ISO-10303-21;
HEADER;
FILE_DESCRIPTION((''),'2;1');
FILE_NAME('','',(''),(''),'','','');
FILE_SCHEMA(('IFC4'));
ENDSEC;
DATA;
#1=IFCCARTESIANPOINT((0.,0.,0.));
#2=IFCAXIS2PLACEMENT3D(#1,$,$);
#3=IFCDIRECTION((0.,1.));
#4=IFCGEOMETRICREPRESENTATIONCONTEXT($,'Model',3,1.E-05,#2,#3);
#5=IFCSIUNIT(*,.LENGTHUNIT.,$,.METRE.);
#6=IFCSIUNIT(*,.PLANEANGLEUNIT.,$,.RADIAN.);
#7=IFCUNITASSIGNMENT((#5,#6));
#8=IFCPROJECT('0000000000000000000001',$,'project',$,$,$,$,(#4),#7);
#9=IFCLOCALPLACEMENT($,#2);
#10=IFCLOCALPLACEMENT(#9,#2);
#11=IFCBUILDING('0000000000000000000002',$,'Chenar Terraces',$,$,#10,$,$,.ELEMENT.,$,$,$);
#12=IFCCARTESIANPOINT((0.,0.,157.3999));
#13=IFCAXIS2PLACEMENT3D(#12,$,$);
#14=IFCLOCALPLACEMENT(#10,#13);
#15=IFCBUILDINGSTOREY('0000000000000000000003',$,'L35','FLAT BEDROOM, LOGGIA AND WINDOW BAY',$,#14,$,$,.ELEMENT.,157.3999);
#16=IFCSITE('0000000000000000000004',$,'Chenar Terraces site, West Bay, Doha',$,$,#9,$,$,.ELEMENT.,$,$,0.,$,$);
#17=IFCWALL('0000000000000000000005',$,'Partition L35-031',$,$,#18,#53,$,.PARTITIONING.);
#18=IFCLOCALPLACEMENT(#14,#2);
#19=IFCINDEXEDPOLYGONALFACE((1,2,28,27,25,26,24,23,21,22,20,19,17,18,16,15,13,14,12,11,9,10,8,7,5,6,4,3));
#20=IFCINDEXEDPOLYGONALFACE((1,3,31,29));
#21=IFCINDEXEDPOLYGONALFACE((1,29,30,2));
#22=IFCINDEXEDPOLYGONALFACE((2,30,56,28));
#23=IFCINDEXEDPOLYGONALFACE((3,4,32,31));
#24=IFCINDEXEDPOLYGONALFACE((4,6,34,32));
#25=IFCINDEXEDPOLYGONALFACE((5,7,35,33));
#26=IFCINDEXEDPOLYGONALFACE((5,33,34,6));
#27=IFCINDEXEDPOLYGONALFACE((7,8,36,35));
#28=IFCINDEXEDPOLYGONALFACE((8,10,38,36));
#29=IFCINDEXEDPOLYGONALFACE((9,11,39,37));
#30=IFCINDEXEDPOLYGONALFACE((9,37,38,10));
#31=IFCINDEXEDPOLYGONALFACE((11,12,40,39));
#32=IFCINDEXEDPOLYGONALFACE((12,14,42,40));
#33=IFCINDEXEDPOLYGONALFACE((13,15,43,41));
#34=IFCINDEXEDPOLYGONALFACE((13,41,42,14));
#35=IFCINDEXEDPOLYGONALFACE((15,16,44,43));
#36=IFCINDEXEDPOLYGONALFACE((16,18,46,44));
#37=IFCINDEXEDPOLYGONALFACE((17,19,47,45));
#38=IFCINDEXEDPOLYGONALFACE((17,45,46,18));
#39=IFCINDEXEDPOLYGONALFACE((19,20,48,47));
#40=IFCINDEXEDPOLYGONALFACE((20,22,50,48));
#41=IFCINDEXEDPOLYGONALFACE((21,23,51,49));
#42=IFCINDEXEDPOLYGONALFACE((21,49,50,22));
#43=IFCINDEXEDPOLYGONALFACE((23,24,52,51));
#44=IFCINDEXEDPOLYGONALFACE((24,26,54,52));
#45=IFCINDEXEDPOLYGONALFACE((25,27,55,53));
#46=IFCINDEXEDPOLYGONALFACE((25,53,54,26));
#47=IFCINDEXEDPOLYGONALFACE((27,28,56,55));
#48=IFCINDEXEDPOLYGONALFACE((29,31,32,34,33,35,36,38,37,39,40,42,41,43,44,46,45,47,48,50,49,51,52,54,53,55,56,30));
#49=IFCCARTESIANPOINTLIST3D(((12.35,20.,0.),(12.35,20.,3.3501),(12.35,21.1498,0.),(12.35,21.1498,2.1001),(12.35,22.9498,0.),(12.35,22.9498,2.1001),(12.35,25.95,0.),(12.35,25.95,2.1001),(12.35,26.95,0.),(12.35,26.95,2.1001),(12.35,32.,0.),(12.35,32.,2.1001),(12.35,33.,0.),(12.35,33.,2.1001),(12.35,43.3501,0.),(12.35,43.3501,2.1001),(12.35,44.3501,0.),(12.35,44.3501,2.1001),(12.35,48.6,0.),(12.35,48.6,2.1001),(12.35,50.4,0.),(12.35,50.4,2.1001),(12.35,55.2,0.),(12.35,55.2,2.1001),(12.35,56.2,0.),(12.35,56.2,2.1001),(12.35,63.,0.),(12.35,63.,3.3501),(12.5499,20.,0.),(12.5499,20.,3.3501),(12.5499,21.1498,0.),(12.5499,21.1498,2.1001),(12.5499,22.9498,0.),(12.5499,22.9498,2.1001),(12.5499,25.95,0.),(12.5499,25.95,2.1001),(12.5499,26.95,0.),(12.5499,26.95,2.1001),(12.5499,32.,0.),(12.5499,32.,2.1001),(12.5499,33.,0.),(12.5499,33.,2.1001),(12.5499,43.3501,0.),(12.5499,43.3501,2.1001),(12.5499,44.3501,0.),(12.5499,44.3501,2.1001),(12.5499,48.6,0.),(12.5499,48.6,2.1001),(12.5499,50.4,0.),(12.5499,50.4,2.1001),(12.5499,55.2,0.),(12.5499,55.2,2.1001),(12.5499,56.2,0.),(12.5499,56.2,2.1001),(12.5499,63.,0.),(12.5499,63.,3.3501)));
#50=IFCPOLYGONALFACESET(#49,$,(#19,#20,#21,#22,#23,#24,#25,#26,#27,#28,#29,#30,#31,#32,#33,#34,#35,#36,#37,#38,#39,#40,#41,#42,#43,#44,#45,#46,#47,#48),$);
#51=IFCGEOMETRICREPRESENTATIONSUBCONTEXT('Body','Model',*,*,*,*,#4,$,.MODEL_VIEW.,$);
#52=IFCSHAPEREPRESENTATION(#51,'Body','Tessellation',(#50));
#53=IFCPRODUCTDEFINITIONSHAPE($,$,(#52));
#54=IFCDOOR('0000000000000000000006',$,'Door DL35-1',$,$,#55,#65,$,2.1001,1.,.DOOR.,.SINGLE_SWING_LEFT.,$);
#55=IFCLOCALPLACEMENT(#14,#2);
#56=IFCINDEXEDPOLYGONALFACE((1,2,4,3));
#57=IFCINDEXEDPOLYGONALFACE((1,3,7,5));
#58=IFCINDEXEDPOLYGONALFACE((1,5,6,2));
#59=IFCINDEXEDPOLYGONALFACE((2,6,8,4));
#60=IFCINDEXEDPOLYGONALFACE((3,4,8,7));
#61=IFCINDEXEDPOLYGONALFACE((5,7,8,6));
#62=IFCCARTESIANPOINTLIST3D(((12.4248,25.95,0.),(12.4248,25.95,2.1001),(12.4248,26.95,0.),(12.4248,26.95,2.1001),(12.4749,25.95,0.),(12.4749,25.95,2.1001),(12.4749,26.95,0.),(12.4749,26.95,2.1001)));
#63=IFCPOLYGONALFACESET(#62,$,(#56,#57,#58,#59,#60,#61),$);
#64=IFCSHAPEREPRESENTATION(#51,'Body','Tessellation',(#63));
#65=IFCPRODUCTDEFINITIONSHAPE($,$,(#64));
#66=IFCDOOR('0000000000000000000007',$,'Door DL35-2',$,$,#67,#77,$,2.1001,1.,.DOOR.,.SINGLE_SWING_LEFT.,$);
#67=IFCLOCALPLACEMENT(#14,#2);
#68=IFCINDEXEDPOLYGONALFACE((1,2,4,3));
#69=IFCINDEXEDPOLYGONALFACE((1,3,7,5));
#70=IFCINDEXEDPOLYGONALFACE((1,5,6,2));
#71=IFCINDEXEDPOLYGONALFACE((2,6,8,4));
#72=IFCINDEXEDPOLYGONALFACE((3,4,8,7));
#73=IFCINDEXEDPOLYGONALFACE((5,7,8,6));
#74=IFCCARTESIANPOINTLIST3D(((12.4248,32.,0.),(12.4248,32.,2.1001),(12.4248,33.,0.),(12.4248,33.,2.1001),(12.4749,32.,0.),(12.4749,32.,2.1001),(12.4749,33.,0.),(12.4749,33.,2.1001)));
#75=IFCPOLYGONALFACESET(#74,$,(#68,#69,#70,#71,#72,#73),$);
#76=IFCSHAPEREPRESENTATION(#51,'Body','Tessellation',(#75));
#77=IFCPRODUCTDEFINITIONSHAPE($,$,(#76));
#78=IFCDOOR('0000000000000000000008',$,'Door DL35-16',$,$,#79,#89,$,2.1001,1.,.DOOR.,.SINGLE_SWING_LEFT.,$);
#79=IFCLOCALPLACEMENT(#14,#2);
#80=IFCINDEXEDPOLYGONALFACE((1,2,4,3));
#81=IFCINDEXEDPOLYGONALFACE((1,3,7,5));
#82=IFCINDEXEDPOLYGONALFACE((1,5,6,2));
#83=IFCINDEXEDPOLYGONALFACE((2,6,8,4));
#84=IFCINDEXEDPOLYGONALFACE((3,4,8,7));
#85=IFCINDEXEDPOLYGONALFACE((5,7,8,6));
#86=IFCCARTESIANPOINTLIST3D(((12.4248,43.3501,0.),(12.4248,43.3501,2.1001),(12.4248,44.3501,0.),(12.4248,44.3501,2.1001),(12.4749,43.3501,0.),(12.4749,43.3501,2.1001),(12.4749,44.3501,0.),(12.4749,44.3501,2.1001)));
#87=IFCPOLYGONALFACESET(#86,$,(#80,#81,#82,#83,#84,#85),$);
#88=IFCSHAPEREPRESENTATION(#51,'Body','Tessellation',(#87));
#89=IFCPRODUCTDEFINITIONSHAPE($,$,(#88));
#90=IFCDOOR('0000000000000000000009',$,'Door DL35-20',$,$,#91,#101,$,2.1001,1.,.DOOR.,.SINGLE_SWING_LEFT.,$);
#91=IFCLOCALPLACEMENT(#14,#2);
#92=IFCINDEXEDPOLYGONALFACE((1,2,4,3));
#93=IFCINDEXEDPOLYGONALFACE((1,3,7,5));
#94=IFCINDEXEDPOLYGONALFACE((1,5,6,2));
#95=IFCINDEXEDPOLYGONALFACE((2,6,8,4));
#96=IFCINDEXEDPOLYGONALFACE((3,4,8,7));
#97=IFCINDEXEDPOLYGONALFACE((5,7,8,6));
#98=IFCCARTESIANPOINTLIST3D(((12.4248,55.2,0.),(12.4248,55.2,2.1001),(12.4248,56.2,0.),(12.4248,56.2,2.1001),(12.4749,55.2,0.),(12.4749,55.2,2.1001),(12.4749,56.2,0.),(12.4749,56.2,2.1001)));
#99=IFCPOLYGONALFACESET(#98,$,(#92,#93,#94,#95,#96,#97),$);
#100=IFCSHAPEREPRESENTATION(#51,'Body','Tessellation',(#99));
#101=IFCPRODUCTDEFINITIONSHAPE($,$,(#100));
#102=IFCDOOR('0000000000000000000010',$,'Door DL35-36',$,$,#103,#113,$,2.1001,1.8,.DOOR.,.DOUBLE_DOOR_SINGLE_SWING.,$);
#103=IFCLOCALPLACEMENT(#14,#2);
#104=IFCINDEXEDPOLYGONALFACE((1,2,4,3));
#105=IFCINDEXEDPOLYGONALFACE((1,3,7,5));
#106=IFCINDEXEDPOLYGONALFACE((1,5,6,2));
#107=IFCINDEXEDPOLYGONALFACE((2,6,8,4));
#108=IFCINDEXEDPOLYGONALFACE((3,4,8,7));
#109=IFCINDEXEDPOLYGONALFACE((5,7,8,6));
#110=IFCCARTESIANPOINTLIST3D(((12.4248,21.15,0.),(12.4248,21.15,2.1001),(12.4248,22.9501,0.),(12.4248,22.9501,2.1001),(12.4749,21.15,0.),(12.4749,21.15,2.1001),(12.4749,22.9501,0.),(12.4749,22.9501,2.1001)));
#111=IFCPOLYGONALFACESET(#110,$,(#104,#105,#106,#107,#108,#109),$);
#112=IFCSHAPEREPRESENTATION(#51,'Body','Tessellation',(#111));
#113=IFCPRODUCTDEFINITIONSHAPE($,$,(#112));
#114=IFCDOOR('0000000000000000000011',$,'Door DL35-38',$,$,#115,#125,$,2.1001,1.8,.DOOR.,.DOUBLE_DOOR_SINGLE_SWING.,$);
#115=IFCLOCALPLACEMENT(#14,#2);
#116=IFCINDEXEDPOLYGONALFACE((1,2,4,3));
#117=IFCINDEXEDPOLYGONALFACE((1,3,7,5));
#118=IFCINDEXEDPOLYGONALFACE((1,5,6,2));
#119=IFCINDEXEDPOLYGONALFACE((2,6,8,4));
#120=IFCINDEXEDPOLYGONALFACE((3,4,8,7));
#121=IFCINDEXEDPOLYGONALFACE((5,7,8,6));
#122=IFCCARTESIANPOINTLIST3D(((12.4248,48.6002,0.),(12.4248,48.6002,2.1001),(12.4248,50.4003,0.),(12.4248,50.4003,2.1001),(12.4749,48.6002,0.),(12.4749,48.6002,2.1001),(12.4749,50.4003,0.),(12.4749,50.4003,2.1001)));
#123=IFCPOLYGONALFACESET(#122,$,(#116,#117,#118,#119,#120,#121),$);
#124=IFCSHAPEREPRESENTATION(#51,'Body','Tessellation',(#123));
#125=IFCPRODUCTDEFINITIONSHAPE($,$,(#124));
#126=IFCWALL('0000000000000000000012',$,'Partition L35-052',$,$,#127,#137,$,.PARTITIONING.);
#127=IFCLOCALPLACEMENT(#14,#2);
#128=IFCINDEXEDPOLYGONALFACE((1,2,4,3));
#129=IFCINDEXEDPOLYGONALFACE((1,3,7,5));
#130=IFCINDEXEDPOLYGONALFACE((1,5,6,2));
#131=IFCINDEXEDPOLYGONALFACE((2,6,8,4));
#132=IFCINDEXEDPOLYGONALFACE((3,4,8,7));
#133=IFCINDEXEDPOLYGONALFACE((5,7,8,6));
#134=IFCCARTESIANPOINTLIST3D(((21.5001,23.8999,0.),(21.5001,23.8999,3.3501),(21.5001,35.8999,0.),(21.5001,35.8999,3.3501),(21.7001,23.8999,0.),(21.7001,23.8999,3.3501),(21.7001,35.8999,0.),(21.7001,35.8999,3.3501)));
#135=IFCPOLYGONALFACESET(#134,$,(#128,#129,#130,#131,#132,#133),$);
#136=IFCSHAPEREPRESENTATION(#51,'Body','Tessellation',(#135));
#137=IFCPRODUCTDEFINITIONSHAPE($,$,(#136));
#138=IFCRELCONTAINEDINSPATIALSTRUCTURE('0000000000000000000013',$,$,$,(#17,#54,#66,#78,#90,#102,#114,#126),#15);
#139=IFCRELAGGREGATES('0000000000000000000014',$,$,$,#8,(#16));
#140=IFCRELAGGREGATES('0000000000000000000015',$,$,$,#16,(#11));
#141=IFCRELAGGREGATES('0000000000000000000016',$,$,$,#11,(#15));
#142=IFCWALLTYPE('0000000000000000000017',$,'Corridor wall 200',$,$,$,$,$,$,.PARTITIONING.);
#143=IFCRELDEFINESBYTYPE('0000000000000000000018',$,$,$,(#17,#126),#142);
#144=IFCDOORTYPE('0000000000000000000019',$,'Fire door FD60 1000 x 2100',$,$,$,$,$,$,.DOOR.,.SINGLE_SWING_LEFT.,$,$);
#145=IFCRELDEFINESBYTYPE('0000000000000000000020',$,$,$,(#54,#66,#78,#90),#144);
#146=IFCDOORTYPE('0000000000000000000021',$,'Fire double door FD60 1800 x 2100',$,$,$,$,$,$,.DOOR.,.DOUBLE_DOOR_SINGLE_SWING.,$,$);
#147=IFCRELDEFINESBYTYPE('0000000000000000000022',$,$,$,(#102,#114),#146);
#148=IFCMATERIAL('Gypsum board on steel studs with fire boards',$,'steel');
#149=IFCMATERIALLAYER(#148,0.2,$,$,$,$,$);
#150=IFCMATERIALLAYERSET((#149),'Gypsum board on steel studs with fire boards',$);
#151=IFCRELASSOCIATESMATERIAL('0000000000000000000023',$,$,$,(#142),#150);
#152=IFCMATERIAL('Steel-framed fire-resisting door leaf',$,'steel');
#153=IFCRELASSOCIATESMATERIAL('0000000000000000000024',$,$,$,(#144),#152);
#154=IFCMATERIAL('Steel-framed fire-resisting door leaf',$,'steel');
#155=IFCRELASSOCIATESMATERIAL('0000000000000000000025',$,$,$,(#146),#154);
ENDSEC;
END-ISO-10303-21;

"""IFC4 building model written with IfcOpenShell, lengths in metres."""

from ifc_helpers import new_model, si_unit, direction, frame, frame_2d, origin, place, context, subcontext, project, spatial, rectangle, extrude, material, layer, layer_set, type_object, element, fill, save


model = new_model("IFC4")

# Units and contexts
model_context = context("Model", 3, precision=1e-05, world=origin(), true_north=direction((0.0, 1.0)))
body_context = subcontext(model_context, "Body", "Model", "MODEL_VIEW")
ifc_project = project(units=[si_unit("LENGTHUNIT", "METRE"), si_unit("PLANEANGLEUNIT", "RADIAN")], contexts=[model_context])

# Site, building, storey
site_placement = place(None, origin())
site = spatial("IfcSite", under=ifc_project, at=site_placement, Name="Chenar Terraces site, West Bay, Doha", CompositionType="ELEMENT", RefElevation=0.0)
building_placement = place(site_placement, origin())
building = spatial("IfcBuilding", under=site, at=building_placement, Name="Chenar Terraces", CompositionType="ELEMENT")
storey_placement = place(building_placement, frame((0.0, 0.0, 157.3999)))
storey = spatial("IfcBuildingStorey", under=building, at=storey_placement, Name="L35", Description="FLAT BEDROOM, LOGGIA AND WINDOW BAY", CompositionType="ELEMENT", Elevation=157.3999)

# Wall, openings, doors
ifc_material_1 = material(Name="Gypsum board on steel studs with fire boards", Category="steel")
ifc_layer_1 = layer(ifc_material_1, 0.2)
ifc_layer_set_1 = layer_set([ifc_layer_1], Name="Gypsum board on steel studs with fire boards")
wall_type_1 = type_object("IfcWallType", Name="Corridor wall 200", PredefinedType="PARTITIONING", material=ifc_layer_set_1)
wall_1_placement = place(storey_placement, frame((12.45, 20.0, 0.0), z_axis=(0.0, 0.0, 1.0), x_axis=(0.0, 1.0, 0.0)))
wall_1 = element("IfcWall", 1, at=wall_1_placement, inside=storey, type_object=wall_type_1, Name="Partition L35-031", PredefinedType="PARTITIONING", context=body_context, shape_type="SweptSolid", body=[
    extrude(rectangle(XDim=43.0, YDim=0.2, at=frame_2d((21.5, 0.0))), origin(), (0.0, 0.0, 1.0), 3.3501),
])
opening_1_placement = place(wall_1_placement, frame((5.95, 0.0, 0.0)))
opening_1 = element("IfcOpeningElement", 2, at=opening_1_placement, cuts=wall_1, PredefinedType="OPENING", context=body_context, shape_type="SweptSolid", body=[
    extrude(rectangle(XDim=1.0, YDim=2.1001, at=frame_2d((0.5, 1.05))), frame((0.0, 0.1099, 0.0), z_axis=(0.0, -1.0, 0.0), x_axis=(1.0, 0.0, 0.0)), (0.0, 0.0, 1.0), 0.22),
])
opening_2_placement = place(wall_1_placement, frame((12.0, 0.0, 0.0)))
opening_2 = element("IfcOpeningElement", 3, at=opening_2_placement, cuts=wall_1, PredefinedType="OPENING", context=body_context, shape_type="SweptSolid", body=[
    extrude(rectangle(XDim=1.0, YDim=2.1001, at=frame_2d((0.5, 1.05))), frame((0.0, 0.1099, 0.0), z_axis=(0.0, -1.0, 0.0), x_axis=(1.0, 0.0, 0.0)), (0.0, 0.0, 1.0), 0.22),
])
opening_3_placement = place(wall_1_placement, frame((23.3501, 0.0, 0.0)))
opening_3 = element("IfcOpeningElement", 4, at=opening_3_placement, cuts=wall_1, PredefinedType="OPENING", context=body_context, shape_type="SweptSolid", body=[
    extrude(rectangle(XDim=1.0, YDim=2.1001, at=frame_2d((0.5, 1.05))), frame((0.0, 0.1099, 0.0), z_axis=(0.0, -1.0, 0.0), x_axis=(1.0, 0.0, 0.0)), (0.0, 0.0, 1.0), 0.22),
])
opening_4_placement = place(wall_1_placement, frame((35.2, 0.0, 0.0)))
opening_4 = element("IfcOpeningElement", 5, at=opening_4_placement, cuts=wall_1, PredefinedType="OPENING", context=body_context, shape_type="SweptSolid", body=[
    extrude(rectangle(XDim=1.0, YDim=2.1001, at=frame_2d((0.5, 1.05))), frame((0.0, 0.1099, 0.0), z_axis=(0.0, -1.0, 0.0), x_axis=(1.0, 0.0, 0.0)), (0.0, 0.0, 1.0), 0.22),
])
opening_5_placement = place(wall_1_placement, frame((1.1499, 0.0, 0.0)))
opening_5 = element("IfcOpeningElement", 6, at=opening_5_placement, cuts=wall_1, PredefinedType="OPENING", context=body_context, shape_type="SweptSolid", body=[
    extrude(rectangle(XDim=1.8, YDim=2.1001, at=frame_2d((0.8999, 1.05))), frame((0.0, 0.1099, 0.0), z_axis=(0.0, -1.0, 0.0), x_axis=(1.0, 0.0, 0.0)), (0.0, 0.0, 1.0), 0.22),
])
opening_6_placement = place(wall_1_placement, frame((28.6001, 0.0, 0.0)))
opening_6 = element("IfcOpeningElement", 7, at=opening_6_placement, cuts=wall_1, PredefinedType="OPENING", context=body_context, shape_type="SweptSolid", body=[
    extrude(rectangle(XDim=1.8, YDim=2.1001, at=frame_2d((0.8999, 1.05))), frame((0.0, 0.1099, 0.0), z_axis=(0.0, -1.0, 0.0), x_axis=(1.0, 0.0, 0.0)), (0.0, 0.0, 1.0), 0.22),
])
ifc_material_2 = material(Name="Steel-framed fire-resisting door leaf", Category="steel")
door_type_1 = type_object("IfcDoorType", Name="Fire door FD60 1000 x 2100", OperationType="SINGLE_SWING_LEFT", PredefinedType="DOOR", material=ifc_material_2)
door_1_placement = place(opening_1_placement, frame((1.0, 0.0, 0.0), z_axis=(0.0, 0.0, 1.0), x_axis=(-1.0, 0.0, 0.0)))
door_1 = element("IfcDoor", 8, at=door_1_placement, inside=storey, type_object=door_type_1, Name="Door DL35-1", OperationType="SINGLE_SWING_LEFT", OverallHeight=2.1001, OverallWidth=1.0, PredefinedType="DOOR", context=body_context, shape_type="SweptSolid", body=[
    extrude(rectangle(XDim=1.0, YDim=2.1001, at=frame_2d((0.5, 1.05))), frame((0.0, 0.0249, 0.0), z_axis=(0.0, -1.0, 0.0), x_axis=(1.0, 0.0, 0.0)), (0.0, 0.0, 1.0), 0.05),
])
fill(opening_1, door_1)
door_2_placement = place(opening_2_placement, frame((1.0, 0.0, 0.0), z_axis=(0.0, 0.0, 1.0), x_axis=(-1.0, 0.0, 0.0)))
door_2 = element("IfcDoor", 9, at=door_2_placement, inside=storey, type_object=door_type_1, Name="Door DL35-2", OperationType="SINGLE_SWING_LEFT", OverallHeight=2.1001, OverallWidth=1.0, PredefinedType="DOOR", context=body_context, shape_type="SweptSolid", body=[
    extrude(rectangle(XDim=1.0, YDim=2.1001, at=frame_2d((0.5, 1.05))), frame((0.0, 0.0249, 0.0), z_axis=(0.0, -1.0, 0.0), x_axis=(1.0, 0.0, 0.0)), (0.0, 0.0, 1.0), 0.05),
])
fill(opening_2, door_2)
door_3_placement = place(opening_3_placement, frame((1.0, 0.0, 0.0), z_axis=(0.0, 0.0, 1.0), x_axis=(-1.0, 0.0, 0.0)))
door_3 = element("IfcDoor", 10, at=door_3_placement, inside=storey, type_object=door_type_1, Name="Door DL35-16", OperationType="SINGLE_SWING_LEFT", OverallHeight=2.1001, OverallWidth=1.0, PredefinedType="DOOR", context=body_context, shape_type="SweptSolid", body=[
    extrude(rectangle(XDim=1.0, YDim=2.1001, at=frame_2d((0.5, 1.05))), frame((0.0, 0.0249, 0.0), z_axis=(0.0, -1.0, 0.0), x_axis=(1.0, 0.0, 0.0)), (0.0, 0.0, 1.0), 0.05),
])
fill(opening_3, door_3)
door_4_placement = place(opening_4_placement, frame((1.0, 0.0, 0.0), z_axis=(0.0, 0.0, 1.0), x_axis=(-1.0, 0.0, 0.0)))
door_4 = element("IfcDoor", 11, at=door_4_placement, inside=storey, type_object=door_type_1, Name="Door DL35-20", OperationType="SINGLE_SWING_LEFT", OverallHeight=2.1001, OverallWidth=1.0, PredefinedType="DOOR", context=body_context, shape_type="SweptSolid", body=[
    extrude(rectangle(XDim=1.0, YDim=2.1001, at=frame_2d((0.5, 1.05))), frame((0.0, 0.0249, 0.0), z_axis=(0.0, -1.0, 0.0), x_axis=(1.0, 0.0, 0.0)), (0.0, 0.0, 1.0), 0.05),
])
fill(opening_4, door_4)
ifc_material_3 = material(Name="Steel-framed fire-resisting door leaf", Category="steel")
door_type_2 = type_object("IfcDoorType", Name="Fire double door FD60 1800 x 2100", OperationType="DOUBLE_DOOR_SINGLE_SWING", PredefinedType="DOOR", material=ifc_material_3)
door_5_placement = place(opening_5_placement, frame((1.8, 0.0, 0.0), z_axis=(0.0, 0.0, 1.0), x_axis=(-1.0, 0.0, 0.0)))
door_5 = element("IfcDoor", 12, at=door_5_placement, inside=storey, type_object=door_type_2, Name="Door DL35-36", OperationType="DOUBLE_DOOR_SINGLE_SWING", OverallHeight=2.1001, OverallWidth=1.8, PredefinedType="DOOR", context=body_context, shape_type="SweptSolid", body=[
    extrude(rectangle(XDim=1.8, YDim=2.1001, at=frame_2d((0.8999, 1.05))), frame((0.0, 0.0249, 0.0), z_axis=(0.0, -1.0, 0.0), x_axis=(1.0, 0.0, 0.0)), (0.0, 0.0, 1.0), 0.05),
])
fill(opening_5, door_5)
door_6_placement = place(opening_6_placement, frame((1.8, 0.0, 0.0), z_axis=(0.0, 0.0, 1.0), x_axis=(-1.0, 0.0, 0.0)))
door_6 = element("IfcDoor", 13, at=door_6_placement, inside=storey, type_object=door_type_2, Name="Door DL35-38", OperationType="DOUBLE_DOOR_SINGLE_SWING", OverallHeight=2.1001, OverallWidth=1.8, PredefinedType="DOOR", context=body_context, shape_type="SweptSolid", body=[
    extrude(rectangle(XDim=1.8, YDim=2.1001, at=frame_2d((0.8999, 1.05))), frame((0.0, 0.0249, 0.0), z_axis=(0.0, -1.0, 0.0), x_axis=(1.0, 0.0, 0.0)), (0.0, 0.0, 1.0), 0.05),
])
fill(opening_6, door_6)

# Wall
wall_2_placement = place(storey_placement, frame((21.6001, 23.8999, 0.0), z_axis=(0.0, 0.0, 1.0), x_axis=(0.0, 1.0, 0.0)))
element("IfcWall", 14, at=wall_2_placement, inside=storey, type_object=wall_type_1, Name="Partition L35-052", PredefinedType="PARTITIONING", context=body_context, shape_type="SweptSolid", body=[
    extrude(rectangle(XDim=12.0, YDim=0.2, at=frame_2d((6.0, 0.0))), origin(), (0.0, 0.0, 1.0), 3.3501),
])

save(model, "model.ifc")
